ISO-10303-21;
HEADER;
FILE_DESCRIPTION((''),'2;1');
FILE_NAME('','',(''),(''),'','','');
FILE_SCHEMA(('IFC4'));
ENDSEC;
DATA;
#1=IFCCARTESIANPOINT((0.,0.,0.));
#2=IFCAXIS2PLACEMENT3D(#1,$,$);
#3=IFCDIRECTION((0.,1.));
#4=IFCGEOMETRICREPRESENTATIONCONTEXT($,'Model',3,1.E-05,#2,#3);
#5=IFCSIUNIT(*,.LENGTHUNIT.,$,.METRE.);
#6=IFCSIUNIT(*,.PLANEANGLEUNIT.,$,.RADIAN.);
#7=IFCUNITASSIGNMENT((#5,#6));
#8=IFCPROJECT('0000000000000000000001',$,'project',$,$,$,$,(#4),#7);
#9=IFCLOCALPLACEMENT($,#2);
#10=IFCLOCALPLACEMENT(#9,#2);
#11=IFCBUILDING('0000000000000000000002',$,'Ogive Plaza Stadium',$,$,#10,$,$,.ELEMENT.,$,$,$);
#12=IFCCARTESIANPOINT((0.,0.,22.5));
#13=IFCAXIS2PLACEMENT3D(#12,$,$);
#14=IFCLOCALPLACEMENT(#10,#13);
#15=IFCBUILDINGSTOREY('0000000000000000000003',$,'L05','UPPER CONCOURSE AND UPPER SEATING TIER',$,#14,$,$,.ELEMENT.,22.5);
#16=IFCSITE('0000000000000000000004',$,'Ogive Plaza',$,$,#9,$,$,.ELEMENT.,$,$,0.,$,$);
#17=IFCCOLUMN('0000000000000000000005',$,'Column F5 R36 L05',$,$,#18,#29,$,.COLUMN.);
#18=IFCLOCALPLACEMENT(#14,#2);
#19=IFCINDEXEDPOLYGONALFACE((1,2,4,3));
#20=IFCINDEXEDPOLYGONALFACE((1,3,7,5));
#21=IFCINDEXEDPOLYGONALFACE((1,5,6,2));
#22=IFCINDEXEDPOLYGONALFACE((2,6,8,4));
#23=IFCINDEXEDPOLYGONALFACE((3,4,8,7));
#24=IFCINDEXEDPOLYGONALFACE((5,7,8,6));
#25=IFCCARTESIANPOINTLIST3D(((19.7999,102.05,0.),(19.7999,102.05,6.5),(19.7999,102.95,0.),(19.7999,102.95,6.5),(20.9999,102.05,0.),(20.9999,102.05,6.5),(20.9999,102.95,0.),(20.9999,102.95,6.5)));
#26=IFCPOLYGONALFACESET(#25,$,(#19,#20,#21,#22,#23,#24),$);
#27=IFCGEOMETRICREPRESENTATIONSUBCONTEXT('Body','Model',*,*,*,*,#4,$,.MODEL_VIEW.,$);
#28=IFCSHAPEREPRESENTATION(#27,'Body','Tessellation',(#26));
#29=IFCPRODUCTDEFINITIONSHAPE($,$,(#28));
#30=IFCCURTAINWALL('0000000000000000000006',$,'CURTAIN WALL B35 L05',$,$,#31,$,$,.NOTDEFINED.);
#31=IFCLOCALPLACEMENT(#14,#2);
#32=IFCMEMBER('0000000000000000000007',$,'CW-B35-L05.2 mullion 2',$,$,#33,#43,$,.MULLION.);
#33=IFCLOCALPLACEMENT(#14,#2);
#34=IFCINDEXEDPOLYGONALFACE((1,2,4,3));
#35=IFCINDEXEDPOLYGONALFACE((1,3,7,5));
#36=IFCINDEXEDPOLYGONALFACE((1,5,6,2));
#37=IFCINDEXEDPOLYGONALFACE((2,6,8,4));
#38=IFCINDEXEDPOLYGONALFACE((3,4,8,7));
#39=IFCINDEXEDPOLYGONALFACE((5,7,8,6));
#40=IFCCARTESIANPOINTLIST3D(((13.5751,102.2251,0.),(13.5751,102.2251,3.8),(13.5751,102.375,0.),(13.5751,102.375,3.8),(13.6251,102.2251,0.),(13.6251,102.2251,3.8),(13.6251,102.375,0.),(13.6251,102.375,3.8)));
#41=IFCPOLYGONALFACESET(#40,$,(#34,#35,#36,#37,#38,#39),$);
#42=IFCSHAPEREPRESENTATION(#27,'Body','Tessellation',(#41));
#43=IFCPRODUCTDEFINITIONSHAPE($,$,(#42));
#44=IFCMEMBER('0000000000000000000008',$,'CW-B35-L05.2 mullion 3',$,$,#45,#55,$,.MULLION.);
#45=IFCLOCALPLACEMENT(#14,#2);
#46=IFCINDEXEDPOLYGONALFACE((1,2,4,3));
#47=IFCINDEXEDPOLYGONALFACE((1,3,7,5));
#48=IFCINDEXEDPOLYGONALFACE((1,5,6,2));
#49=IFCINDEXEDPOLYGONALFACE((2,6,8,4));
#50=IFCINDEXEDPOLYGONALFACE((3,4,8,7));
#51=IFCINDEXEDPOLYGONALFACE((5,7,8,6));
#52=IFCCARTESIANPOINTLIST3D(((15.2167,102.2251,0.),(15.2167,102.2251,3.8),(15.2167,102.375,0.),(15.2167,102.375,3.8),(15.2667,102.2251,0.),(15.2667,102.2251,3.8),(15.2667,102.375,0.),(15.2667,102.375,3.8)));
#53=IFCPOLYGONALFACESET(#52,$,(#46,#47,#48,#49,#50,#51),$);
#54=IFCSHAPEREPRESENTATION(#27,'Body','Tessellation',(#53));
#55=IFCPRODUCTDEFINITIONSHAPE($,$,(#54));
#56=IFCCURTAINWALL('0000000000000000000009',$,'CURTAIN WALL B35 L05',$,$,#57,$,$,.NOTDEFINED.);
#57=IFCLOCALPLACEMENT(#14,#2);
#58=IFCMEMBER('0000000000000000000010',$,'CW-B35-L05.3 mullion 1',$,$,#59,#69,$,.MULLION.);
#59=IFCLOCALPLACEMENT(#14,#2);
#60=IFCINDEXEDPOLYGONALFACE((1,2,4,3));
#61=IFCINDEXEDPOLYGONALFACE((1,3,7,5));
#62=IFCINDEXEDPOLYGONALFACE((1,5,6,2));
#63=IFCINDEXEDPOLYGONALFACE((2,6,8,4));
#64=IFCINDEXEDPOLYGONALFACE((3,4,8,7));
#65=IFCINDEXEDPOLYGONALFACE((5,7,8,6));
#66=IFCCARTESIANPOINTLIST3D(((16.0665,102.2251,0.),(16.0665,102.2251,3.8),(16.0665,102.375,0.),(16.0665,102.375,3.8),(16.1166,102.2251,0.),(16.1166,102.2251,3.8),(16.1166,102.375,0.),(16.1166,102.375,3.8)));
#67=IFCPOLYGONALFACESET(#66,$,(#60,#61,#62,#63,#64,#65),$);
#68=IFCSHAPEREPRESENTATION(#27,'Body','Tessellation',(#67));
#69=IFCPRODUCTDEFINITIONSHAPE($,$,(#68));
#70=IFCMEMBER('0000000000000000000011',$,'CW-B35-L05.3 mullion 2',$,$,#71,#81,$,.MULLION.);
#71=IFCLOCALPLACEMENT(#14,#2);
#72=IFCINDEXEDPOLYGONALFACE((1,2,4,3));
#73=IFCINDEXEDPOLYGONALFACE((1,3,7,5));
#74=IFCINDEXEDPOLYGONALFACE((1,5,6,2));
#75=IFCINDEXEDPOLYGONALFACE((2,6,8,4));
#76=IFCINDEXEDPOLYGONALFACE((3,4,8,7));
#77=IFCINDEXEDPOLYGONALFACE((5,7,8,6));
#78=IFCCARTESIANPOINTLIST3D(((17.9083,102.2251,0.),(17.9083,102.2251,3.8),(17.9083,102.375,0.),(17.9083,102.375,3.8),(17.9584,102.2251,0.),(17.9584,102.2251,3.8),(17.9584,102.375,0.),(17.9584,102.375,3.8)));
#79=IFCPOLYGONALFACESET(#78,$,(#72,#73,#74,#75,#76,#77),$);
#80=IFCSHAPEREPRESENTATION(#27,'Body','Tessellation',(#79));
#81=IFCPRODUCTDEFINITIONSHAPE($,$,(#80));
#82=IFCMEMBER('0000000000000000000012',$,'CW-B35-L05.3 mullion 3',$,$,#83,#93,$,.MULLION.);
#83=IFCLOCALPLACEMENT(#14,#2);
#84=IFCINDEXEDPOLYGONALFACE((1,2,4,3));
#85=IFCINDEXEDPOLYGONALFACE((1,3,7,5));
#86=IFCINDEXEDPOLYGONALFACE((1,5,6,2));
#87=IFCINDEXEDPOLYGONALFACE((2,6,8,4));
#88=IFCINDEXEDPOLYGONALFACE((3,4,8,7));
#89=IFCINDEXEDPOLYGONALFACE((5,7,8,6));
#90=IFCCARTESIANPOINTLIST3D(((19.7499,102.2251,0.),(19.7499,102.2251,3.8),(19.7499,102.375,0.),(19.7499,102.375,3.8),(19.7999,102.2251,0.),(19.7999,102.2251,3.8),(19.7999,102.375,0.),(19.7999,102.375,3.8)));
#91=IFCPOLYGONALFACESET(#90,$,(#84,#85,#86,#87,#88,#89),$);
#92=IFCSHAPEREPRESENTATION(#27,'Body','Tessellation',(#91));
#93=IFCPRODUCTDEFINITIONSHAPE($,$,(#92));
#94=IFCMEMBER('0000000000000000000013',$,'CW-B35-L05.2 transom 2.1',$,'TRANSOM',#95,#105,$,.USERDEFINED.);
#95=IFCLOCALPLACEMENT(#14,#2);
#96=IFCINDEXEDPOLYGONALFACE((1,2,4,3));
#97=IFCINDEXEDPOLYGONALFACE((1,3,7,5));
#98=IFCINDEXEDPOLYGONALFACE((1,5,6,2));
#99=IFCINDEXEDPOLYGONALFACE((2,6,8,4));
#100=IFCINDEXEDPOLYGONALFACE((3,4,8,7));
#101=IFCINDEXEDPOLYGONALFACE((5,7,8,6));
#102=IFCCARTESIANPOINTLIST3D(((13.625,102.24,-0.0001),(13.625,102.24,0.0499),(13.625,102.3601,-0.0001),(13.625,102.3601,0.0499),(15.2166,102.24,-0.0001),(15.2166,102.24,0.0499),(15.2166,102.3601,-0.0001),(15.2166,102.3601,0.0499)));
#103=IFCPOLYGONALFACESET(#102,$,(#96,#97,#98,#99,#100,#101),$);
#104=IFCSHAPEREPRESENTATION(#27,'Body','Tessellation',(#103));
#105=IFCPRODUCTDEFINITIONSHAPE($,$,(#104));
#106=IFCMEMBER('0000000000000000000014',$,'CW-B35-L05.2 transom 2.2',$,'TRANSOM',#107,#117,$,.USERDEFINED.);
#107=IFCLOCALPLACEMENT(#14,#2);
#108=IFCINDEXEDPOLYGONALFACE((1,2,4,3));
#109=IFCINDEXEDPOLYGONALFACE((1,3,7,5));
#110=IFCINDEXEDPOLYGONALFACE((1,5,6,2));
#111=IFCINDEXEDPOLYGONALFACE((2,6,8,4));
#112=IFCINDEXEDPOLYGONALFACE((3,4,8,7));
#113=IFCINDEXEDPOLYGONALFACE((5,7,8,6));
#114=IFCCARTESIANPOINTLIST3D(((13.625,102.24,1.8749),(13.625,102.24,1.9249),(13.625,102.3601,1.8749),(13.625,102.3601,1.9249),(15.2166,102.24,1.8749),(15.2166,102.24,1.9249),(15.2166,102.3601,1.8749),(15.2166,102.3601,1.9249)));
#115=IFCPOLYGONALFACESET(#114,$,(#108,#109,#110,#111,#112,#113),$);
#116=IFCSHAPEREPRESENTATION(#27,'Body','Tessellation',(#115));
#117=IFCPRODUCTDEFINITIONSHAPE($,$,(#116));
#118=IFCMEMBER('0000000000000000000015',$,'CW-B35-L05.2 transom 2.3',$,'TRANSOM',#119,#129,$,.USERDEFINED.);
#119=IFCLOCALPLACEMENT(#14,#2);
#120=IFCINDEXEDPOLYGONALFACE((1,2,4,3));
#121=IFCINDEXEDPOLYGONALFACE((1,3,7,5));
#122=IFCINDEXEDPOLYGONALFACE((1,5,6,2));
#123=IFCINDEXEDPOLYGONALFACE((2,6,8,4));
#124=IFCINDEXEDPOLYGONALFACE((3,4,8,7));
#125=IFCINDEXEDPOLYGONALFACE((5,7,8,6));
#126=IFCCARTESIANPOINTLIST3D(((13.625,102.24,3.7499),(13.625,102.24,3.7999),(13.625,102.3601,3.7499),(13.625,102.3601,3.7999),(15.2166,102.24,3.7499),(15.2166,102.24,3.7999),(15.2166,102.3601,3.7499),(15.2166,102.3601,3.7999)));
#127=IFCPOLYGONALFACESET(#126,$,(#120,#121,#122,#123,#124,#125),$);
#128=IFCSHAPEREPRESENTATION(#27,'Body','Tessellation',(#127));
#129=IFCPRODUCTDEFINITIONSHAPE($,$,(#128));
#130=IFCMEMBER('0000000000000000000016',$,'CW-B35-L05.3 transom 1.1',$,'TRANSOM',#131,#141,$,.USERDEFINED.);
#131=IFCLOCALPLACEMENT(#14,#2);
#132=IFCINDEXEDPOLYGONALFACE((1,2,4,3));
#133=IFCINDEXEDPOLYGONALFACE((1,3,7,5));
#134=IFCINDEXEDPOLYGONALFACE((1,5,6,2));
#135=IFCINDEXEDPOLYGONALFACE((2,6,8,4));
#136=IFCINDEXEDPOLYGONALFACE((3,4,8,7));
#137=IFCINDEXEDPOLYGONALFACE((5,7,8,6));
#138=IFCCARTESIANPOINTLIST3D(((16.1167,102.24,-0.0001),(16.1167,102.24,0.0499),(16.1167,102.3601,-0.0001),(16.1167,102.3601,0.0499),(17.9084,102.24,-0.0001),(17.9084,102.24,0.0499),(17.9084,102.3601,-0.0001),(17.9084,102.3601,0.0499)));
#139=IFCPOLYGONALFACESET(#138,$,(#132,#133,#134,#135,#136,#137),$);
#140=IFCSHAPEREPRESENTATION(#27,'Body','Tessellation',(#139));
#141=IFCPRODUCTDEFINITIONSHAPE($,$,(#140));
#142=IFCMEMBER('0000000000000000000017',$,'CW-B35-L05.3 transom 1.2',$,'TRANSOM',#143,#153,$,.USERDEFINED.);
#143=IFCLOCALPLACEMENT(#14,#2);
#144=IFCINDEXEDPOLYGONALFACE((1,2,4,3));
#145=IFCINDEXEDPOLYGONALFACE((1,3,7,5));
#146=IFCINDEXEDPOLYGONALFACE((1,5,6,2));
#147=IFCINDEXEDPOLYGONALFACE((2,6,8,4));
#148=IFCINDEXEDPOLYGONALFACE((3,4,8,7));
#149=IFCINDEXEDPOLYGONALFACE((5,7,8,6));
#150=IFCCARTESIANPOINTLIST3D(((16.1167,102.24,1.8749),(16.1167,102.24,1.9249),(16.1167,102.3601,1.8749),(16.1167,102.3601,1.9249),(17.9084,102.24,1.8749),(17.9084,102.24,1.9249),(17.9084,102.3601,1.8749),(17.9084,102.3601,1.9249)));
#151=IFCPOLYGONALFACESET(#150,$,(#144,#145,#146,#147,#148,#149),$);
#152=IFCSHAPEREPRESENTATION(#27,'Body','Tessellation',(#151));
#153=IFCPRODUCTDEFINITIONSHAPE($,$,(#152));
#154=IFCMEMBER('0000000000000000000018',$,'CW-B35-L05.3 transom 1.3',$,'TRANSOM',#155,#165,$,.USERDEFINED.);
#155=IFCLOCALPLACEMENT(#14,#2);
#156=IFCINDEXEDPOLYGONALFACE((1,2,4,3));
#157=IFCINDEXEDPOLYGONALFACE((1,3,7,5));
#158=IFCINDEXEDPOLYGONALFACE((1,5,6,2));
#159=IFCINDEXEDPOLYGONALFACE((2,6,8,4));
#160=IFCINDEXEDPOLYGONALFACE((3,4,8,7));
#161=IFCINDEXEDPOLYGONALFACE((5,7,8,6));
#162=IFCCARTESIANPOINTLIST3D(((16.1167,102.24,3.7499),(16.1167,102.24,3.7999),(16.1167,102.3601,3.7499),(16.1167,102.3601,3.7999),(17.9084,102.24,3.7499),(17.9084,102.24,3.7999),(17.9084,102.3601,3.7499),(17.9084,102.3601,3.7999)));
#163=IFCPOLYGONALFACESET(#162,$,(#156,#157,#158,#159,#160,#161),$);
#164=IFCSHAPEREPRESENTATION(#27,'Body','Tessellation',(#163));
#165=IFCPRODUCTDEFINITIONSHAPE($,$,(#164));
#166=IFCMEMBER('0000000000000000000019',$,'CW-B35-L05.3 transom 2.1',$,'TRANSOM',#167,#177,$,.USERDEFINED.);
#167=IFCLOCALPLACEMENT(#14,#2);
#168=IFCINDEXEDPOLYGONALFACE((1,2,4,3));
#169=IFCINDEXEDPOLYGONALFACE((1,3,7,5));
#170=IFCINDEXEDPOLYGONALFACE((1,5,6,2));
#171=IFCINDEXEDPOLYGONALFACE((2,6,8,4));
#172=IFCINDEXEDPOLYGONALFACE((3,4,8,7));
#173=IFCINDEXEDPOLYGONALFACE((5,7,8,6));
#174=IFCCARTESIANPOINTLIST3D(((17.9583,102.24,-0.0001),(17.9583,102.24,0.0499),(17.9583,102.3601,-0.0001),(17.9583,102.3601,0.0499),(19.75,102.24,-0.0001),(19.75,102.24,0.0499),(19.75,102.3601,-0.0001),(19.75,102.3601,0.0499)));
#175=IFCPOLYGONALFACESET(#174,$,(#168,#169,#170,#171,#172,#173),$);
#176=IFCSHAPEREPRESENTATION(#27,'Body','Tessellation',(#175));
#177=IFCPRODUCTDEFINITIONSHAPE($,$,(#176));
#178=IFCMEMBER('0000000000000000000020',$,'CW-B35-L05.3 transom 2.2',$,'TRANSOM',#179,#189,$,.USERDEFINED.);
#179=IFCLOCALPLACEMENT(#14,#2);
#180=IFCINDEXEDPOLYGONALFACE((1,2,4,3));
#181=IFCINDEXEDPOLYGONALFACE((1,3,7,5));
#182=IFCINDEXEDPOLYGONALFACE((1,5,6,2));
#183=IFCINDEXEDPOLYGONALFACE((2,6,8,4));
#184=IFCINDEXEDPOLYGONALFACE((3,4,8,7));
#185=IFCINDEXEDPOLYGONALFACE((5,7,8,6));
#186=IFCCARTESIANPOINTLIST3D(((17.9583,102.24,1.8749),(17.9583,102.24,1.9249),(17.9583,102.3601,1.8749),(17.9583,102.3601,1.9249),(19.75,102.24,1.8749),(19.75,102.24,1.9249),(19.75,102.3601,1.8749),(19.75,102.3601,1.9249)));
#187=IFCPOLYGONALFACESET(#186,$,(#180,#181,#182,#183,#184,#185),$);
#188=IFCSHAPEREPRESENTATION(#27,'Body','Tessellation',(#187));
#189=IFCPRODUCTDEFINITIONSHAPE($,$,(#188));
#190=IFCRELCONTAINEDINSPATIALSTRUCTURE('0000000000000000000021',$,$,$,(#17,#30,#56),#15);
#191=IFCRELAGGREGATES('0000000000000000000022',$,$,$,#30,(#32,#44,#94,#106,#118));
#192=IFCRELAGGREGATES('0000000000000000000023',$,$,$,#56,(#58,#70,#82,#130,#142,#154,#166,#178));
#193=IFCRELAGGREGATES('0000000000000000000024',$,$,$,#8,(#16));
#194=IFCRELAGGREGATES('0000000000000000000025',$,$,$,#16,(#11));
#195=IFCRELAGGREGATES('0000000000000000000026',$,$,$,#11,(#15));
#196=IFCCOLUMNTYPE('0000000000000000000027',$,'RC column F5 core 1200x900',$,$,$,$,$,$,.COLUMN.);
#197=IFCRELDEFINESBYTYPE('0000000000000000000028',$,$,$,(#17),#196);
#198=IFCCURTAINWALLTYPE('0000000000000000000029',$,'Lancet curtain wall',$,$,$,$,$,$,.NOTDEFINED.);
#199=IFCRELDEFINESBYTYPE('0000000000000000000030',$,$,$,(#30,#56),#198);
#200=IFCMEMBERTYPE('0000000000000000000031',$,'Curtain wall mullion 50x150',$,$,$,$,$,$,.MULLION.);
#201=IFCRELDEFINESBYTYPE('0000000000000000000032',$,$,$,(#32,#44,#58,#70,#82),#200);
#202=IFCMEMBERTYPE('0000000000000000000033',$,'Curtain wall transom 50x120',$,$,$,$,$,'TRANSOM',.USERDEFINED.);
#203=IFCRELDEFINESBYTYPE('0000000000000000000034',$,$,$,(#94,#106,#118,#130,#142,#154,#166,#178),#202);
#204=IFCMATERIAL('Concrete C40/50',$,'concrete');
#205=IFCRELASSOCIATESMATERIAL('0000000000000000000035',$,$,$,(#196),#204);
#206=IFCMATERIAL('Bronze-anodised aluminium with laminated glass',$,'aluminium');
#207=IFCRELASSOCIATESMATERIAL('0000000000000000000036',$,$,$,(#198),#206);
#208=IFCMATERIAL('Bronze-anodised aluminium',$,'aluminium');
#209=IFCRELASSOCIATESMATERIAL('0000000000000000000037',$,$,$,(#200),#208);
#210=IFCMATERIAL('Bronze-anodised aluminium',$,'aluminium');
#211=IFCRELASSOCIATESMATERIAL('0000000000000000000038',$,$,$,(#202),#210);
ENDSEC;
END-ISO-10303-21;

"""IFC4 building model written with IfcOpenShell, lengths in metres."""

from ifc_helpers import new_model, si_unit, direction, frame, origin, origin_2d, place, context, subcontext, project, spatial, rectangle, extrude, material, material_profile, profile_set, type_object, element, aggregate, save


model = new_model("IFC4")

# Units and contexts
model_context = context("Model", 3, precision=1e-05, world=origin(), true_north=direction((0.0, 1.0)))
body_context = subcontext(model_context, "Body", "Model", "MODEL_VIEW")
ifc_project = project(units=[si_unit("LENGTHUNIT", "METRE"), si_unit("PLANEANGLEUNIT", "RADIAN")], contexts=[model_context])

# Site, building, storey
site_placement = place(None, origin())
site = spatial("IfcSite", under=ifc_project, at=site_placement, Name="Ogive Plaza", CompositionType="ELEMENT", RefElevation=0.0)
building_placement = place(site_placement, origin())
building = spatial("IfcBuilding", under=site, at=building_placement, Name="Ogive Plaza Stadium", CompositionType="ELEMENT")
storey_placement = place(building_placement, frame((0.0, 0.0, 22.5)))
storey = spatial("IfcBuildingStorey", under=building, at=storey_placement, Name="L05", Description="UPPER CONCOURSE AND UPPER SEATING TIER", CompositionType="ELEMENT", Elevation=22.5)

# Column
ifc_material_1 = material(Name="Concrete C40/50", Category="concrete")
ifc_material_profile_1 = material_profile(ifc_material_1, rectangle(XDim=1.2, YDim=0.8999, at=origin_2d()), Name="RC 1200x900")
ifc_profile_set_1 = profile_set([ifc_material_profile_1], Name="Concrete C40/50")
column_type = type_object("IfcColumnType", Name="RC column F5 core 1200x900", PredefinedType="COLUMN", material=ifc_profile_set_1)
column_placement = place(storey_placement, frame((20.3999, 102.5, 0.0), z_axis=(0.0, 0.0, 1.0), x_axis=(-1.0, 0.0, 0.0)))
element("IfcColumn", 1, at=column_placement, inside=storey, type_object=column_type, Name="Column F5 R36 L05", PredefinedType="COLUMN", context=body_context, shape_type="SweptSolid", body=[
    extrude(rectangle(XDim=1.2, YDim=0.8999, at=origin_2d()), origin(), (0.0, 0.0, 1.0), 6.5),
])

# Curtain walls, members
ifc_material_2 = material(Name="Bronze-anodised aluminium with laminated glass", Category="aluminium")
curtain_wall_type = type_object("IfcCurtainWallType", Name="Lancet curtain wall", PredefinedType="NOTDEFINED", material=ifc_material_2)
curtain_wall_1_placement = place(storey_placement, origin())
curtain_wall_1 = element("IfcCurtainWall", 2, at=curtain_wall_1_placement, inside=storey, type_object=curtain_wall_type, Name="CURTAIN WALL B35 L05", PredefinedType="NOTDEFINED")
ifc_material_3 = material(Name="Bronze-anodised aluminium", Category="aluminium")
ifc_material_profile_2 = material_profile(ifc_material_3, rectangle(XDim=0.1499, YDim=0.05, at=origin_2d()), Name="AL 150x50")
ifc_profile_set_2 = profile_set([ifc_material_profile_2], Name="Bronze-anodised aluminium")
member_type_1 = type_object("IfcMemberType", Name="Curtain wall mullion 50x150", PredefinedType="MULLION", material=ifc_profile_set_2)
member_1_placement = place(storey_placement, frame((13.6001, 102.3, 0.0), z_axis=(0.0, 0.0, 1.0), x_axis=(0.0, 1.0, 0.0)))
member_1 = element("IfcMember", 3, at=member_1_placement, type_object=member_type_1, Name="CW-B35-L05.2 mullion 2", PredefinedType="MULLION", context=body_context, shape_type="SweptSolid", body=[
    extrude(rectangle(XDim=0.1499, YDim=0.05, at=origin_2d()), origin(), (0.0, 0.0, 1.0), 3.8),
])
member_2_placement = place(storey_placement, frame((15.2417, 102.3, 0.0), z_axis=(0.0, 0.0, 1.0), x_axis=(0.0, 1.0, 0.0)))
member_2 = element("IfcMember", 4, at=member_2_placement, type_object=member_type_1, Name="CW-B35-L05.2 mullion 3", PredefinedType="MULLION", context=body_context, shape_type="SweptSolid", body=[
    extrude(rectangle(XDim=0.1499, YDim=0.05, at=origin_2d()), origin(), (0.0, 0.0, 1.0), 3.8),
])
curtain_wall_2_placement = place(storey_placement, origin())
curtain_wall_2 = element("IfcCurtainWall", 5, at=curtain_wall_2_placement, inside=storey, type_object=curtain_wall_type, Name="CURTAIN WALL B35 L05", PredefinedType="NOTDEFINED")
member_3_placement = place(storey_placement, frame((16.0916, 102.3, 0.0), z_axis=(0.0, 0.0, 1.0), x_axis=(0.0, 1.0, 0.0)))
member_3 = element("IfcMember", 6, at=member_3_placement, type_object=member_type_1, Name="CW-B35-L05.3 mullion 1", PredefinedType="MULLION", context=body_context, shape_type="SweptSolid", body=[
    extrude(rectangle(XDim=0.1499, YDim=0.05, at=origin_2d()), origin(), (0.0, 0.0, 1.0), 3.8),
])
member_4_placement = place(storey_placement, frame((17.9333, 102.3, 0.0), z_axis=(0.0, 0.0, 1.0), x_axis=(0.0, 1.0, 0.0)))
member_4 = element("IfcMember", 7, at=member_4_placement, type_object=member_type_1, Name="CW-B35-L05.3 mullion 2", PredefinedType="MULLION", context=body_context, shape_type="SweptSolid", body=[
    extrude(rectangle(XDim=0.1499, YDim=0.05, at=origin_2d()), origin(), (0.0, 0.0, 1.0), 3.8),
])
member_5_placement = place(storey_placement, frame((19.7749, 102.3, 0.0), z_axis=(0.0, 0.0, 1.0), x_axis=(0.0, 1.0, 0.0)))
member_5 = element("IfcMember", 8, at=member_5_placement, type_object=member_type_1, Name="CW-B35-L05.3 mullion 3", PredefinedType="MULLION", context=body_context, shape_type="SweptSolid", body=[
    extrude(rectangle(XDim=0.1499, YDim=0.05, at=origin_2d()), origin(), (0.0, 0.0, 1.0), 3.8),
])

# Members
ifc_material_4 = material(Name="Bronze-anodised aluminium", Category="aluminium")
ifc_material_profile_3 = material_profile(ifc_material_4, rectangle(XDim=0.1201, YDim=0.05, at=origin_2d()), Name="AL 120x50")
ifc_profile_set_3 = profile_set([ifc_material_profile_3], Name="Bronze-anodised aluminium")
member_type_2 = type_object("IfcMemberType", Name="Curtain wall transom 50x120", ElementType="TRANSOM", PredefinedType="USERDEFINED", material=ifc_profile_set_3)
member_6_placement = place(storey_placement, frame((13.625, 102.3, 0.0249), z_axis=(1.0, 0.0, 0.0), x_axis=(0.0, 1.0, 0.0)))
member_6 = element("IfcMember", 9, at=member_6_placement, type_object=member_type_2, Name="CW-B35-L05.2 transom 2.1", ObjectType="TRANSOM", PredefinedType="USERDEFINED", context=body_context, shape_type="SweptSolid", body=[
    extrude(rectangle(XDim=0.1201, YDim=0.05, at=origin_2d()), origin(), (0.0, 0.0, 1.0), 1.5916),
])
member_7_placement = place(storey_placement, frame((13.625, 102.3, 1.8999), z_axis=(1.0, 0.0, 0.0), x_axis=(0.0, 1.0, 0.0)))
member_7 = element("IfcMember", 10, at=member_7_placement, type_object=member_type_2, Name="CW-B35-L05.2 transom 2.2", ObjectType="TRANSOM", PredefinedType="USERDEFINED", context=body_context, shape_type="SweptSolid", body=[
    extrude(rectangle(XDim=0.1201, YDim=0.05, at=origin_2d()), origin(), (0.0, 0.0, 1.0), 1.5916),
])
member_8_placement = place(storey_placement, frame((13.625, 102.3, 3.7749), z_axis=(1.0, 0.0, 0.0), x_axis=(0.0, 1.0, 0.0)))
member_8 = element("IfcMember", 11, at=member_8_placement, type_object=member_type_2, Name="CW-B35-L05.2 transom 2.3", ObjectType="TRANSOM", PredefinedType="USERDEFINED", context=body_context, shape_type="SweptSolid", body=[
    extrude(rectangle(XDim=0.1201, YDim=0.05, at=origin_2d()), origin(), (0.0, 0.0, 1.0), 1.5916),
])
member_9_placement = place(storey_placement, frame((16.1167, 102.3, 0.0249), z_axis=(1.0, 0.0, 0.0), x_axis=(0.0, 1.0, 0.0)))
member_9 = element("IfcMember", 12, at=member_9_placement, type_object=member_type_2, Name="CW-B35-L05.3 transom 1.1", ObjectType="TRANSOM", PredefinedType="USERDEFINED", context=body_context, shape_type="SweptSolid", body=[
    extrude(rectangle(XDim=0.1201, YDim=0.05, at=origin_2d()), origin(), (0.0, 0.0, 1.0), 1.7917),
])
member_10_placement = place(storey_placement, frame((16.1167, 102.3, 1.8999), z_axis=(1.0, 0.0, 0.0), x_axis=(0.0, 1.0, 0.0)))
member_10 = element("IfcMember", 13, at=member_10_placement, type_object=member_type_2, Name="CW-B35-L05.3 transom 1.2", ObjectType="TRANSOM", PredefinedType="USERDEFINED", context=body_context, shape_type="SweptSolid", body=[
    extrude(rectangle(XDim=0.1201, YDim=0.05, at=origin_2d()), origin(), (0.0, 0.0, 1.0), 1.7917),
])
member_11_placement = place(storey_placement, frame((16.1167, 102.3, 3.7749), z_axis=(1.0, 0.0, 0.0), x_axis=(0.0, 1.0, 0.0)))
member_11 = element("IfcMember", 14, at=member_11_placement, type_object=member_type_2, Name="CW-B35-L05.3 transom 1.3", ObjectType="TRANSOM", PredefinedType="USERDEFINED", context=body_context, shape_type="SweptSolid", body=[
    extrude(rectangle(XDim=0.1201, YDim=0.05, at=origin_2d()), origin(), (0.0, 0.0, 1.0), 1.7917),
])
member_12_placement = place(storey_placement, frame((17.9583, 102.3, 0.0249), z_axis=(1.0, 0.0, 0.0), x_axis=(0.0, 1.0, 0.0)))
member_12 = element("IfcMember", 15, at=member_12_placement, type_object=member_type_2, Name="CW-B35-L05.3 transom 2.1", ObjectType="TRANSOM", PredefinedType="USERDEFINED", context=body_context, shape_type="SweptSolid", body=[
    extrude(rectangle(XDim=0.1201, YDim=0.05, at=origin_2d()), origin(), (0.0, 0.0, 1.0), 1.7917),
])
member_13_placement = place(storey_placement, frame((17.9583, 102.3, 1.8999), z_axis=(1.0, 0.0, 0.0), x_axis=(0.0, 1.0, 0.0)))
member_13 = element("IfcMember", 16, at=member_13_placement, type_object=member_type_2, Name="CW-B35-L05.3 transom 2.2", ObjectType="TRANSOM", PredefinedType="USERDEFINED", context=body_context, shape_type="SweptSolid", body=[
    extrude(rectangle(XDim=0.1201, YDim=0.05, at=origin_2d()), origin(), (0.0, 0.0, 1.0), 1.7917),
])

aggregate(curtain_wall_1, [member_1, member_2, member_6, member_7, member_8])
aggregate(curtain_wall_2, [member_3, member_4, member_5, member_9, member_10, member_11, member_12, member_13])

save(model, "model.ifc")
